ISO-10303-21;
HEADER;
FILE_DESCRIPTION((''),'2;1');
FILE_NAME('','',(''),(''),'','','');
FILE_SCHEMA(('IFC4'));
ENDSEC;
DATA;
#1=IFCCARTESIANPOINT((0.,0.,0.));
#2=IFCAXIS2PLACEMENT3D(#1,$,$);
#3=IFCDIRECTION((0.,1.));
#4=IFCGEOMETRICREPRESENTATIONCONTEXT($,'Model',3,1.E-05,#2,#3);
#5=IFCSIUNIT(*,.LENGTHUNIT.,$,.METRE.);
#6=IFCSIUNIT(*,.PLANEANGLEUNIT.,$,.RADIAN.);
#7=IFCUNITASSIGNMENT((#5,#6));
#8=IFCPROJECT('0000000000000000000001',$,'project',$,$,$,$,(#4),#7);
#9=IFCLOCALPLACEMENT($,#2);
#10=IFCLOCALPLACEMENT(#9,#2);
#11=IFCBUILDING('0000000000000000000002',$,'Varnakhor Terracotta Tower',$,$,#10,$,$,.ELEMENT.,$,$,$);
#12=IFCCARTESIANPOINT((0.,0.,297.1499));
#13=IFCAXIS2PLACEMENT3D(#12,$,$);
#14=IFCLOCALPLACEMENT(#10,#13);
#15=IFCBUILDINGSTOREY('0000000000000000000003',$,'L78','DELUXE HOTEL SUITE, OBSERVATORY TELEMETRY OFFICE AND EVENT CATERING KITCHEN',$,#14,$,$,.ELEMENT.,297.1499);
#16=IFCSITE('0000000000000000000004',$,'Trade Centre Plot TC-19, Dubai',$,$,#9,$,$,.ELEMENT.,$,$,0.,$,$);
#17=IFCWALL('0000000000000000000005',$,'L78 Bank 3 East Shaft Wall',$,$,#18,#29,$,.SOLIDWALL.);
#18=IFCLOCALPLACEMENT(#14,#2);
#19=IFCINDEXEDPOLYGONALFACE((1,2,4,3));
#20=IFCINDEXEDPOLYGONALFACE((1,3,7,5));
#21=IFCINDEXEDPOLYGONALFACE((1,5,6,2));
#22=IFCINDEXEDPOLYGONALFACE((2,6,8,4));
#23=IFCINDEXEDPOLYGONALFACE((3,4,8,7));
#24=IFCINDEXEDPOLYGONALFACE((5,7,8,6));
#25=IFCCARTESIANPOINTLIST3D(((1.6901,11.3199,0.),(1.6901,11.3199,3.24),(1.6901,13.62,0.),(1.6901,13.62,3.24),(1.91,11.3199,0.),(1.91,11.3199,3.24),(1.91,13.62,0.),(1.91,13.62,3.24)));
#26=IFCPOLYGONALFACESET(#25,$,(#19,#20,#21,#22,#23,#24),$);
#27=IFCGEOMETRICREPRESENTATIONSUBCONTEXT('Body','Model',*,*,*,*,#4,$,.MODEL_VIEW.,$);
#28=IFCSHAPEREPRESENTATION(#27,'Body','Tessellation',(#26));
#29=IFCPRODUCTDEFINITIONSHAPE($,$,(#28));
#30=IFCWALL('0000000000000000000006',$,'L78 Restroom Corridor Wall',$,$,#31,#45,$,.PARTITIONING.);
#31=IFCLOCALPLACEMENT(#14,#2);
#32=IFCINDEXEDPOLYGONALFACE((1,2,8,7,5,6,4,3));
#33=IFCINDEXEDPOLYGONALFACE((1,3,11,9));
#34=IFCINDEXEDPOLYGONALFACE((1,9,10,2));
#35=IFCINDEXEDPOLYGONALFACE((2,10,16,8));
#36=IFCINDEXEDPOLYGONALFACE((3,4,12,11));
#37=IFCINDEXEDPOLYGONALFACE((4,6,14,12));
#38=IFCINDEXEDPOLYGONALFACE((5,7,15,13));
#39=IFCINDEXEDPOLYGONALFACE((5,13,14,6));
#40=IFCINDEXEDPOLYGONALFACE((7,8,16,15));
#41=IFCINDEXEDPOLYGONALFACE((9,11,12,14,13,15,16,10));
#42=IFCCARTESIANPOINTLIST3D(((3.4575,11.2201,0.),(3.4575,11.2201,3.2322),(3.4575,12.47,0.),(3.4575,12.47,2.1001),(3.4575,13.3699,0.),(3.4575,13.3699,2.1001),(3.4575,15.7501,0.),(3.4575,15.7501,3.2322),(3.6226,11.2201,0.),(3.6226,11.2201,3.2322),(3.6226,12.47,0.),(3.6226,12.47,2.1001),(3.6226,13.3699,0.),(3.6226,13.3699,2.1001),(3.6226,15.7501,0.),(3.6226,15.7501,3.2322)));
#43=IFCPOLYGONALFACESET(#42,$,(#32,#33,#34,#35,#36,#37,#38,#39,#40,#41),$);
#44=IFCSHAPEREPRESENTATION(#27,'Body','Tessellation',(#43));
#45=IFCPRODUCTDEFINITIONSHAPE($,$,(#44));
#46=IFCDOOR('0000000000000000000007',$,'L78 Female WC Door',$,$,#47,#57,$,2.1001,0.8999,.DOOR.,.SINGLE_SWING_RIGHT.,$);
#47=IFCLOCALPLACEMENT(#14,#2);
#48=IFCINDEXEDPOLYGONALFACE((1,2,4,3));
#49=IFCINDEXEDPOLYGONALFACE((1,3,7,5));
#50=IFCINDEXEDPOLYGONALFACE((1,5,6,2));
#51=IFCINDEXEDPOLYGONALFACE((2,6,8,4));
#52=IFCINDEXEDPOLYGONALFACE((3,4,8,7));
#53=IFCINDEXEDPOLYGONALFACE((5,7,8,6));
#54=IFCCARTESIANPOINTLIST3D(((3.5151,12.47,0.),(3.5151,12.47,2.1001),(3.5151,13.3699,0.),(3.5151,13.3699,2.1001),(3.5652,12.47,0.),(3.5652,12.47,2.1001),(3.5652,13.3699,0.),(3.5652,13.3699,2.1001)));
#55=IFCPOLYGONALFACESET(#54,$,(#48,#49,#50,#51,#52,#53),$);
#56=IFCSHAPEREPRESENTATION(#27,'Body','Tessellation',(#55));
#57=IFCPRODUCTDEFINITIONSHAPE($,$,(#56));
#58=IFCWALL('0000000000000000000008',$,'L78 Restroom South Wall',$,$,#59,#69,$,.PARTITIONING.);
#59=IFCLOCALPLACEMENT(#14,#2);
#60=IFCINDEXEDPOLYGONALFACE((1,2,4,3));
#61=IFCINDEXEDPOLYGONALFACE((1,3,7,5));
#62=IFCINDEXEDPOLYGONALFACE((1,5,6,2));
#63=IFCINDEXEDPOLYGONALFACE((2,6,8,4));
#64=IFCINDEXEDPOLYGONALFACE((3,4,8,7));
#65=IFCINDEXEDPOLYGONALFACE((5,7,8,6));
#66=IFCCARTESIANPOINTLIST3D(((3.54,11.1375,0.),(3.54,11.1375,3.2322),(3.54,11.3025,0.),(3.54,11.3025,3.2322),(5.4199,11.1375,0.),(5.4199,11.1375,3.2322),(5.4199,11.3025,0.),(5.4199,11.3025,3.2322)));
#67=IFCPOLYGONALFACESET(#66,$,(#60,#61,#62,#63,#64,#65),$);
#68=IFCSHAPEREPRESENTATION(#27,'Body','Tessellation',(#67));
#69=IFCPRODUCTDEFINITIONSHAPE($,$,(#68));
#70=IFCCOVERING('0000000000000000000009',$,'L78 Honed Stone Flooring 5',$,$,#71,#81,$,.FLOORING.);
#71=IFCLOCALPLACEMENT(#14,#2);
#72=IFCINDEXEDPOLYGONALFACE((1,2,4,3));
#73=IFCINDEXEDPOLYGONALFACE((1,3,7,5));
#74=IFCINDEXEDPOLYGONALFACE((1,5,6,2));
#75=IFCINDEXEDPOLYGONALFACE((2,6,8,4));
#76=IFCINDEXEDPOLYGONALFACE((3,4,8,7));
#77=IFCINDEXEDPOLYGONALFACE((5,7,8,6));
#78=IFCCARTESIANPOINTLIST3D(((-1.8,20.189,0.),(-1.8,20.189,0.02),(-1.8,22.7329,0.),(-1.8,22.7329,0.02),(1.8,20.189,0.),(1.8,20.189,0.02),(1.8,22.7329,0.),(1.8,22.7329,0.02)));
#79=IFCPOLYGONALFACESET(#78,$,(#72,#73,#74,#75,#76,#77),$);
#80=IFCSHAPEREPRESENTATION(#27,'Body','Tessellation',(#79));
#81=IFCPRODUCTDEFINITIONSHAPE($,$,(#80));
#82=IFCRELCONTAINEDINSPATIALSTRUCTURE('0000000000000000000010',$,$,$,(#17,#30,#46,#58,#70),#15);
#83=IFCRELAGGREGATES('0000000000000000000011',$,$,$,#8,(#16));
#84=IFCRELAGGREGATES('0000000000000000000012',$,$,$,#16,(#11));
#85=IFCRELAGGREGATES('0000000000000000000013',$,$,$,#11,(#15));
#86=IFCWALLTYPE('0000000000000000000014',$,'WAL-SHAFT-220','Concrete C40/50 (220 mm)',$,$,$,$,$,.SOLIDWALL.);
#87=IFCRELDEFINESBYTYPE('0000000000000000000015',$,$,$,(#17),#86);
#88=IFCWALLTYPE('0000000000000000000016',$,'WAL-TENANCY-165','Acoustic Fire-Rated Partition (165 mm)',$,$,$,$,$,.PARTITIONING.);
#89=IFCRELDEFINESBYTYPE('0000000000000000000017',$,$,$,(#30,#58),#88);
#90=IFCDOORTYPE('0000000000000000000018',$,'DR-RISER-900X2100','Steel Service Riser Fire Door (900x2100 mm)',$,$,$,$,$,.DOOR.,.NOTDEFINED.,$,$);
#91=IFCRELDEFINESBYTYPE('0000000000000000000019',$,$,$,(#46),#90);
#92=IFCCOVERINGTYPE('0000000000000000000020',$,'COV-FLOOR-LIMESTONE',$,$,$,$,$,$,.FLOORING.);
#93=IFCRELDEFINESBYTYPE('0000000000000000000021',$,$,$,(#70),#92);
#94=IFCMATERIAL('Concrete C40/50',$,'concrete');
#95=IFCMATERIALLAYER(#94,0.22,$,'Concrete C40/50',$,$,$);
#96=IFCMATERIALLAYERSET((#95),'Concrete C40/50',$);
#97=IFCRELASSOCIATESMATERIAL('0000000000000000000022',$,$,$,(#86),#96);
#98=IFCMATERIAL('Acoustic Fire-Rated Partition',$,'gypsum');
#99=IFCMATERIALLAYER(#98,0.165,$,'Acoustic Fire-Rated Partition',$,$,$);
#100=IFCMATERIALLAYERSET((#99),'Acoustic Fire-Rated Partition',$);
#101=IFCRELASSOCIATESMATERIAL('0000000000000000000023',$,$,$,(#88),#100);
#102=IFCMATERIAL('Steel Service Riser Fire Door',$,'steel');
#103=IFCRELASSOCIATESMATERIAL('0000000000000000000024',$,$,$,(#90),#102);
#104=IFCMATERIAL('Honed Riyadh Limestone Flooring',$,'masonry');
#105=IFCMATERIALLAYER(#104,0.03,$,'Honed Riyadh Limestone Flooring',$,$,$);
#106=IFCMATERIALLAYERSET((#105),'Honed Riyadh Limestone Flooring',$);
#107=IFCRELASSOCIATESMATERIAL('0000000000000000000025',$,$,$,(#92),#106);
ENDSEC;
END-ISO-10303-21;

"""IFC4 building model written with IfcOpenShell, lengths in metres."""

from ifc_helpers import new_model, si_unit, direction, frame, frame_2d, origin, origin_2d, place, context, subcontext, project, spatial, rectangle, extrude, source, transform, mapped, material, layer, layer_set, type_object, type_shapes, element, fill, save


model = new_model("IFC4")

# Units and contexts
model_context = context("Model", 3, precision=1e-05, world=origin(), true_north=direction((0.0, 1.0)))
body_context = subcontext(model_context, "Body", "Model", "MODEL_VIEW")
ifc_project = project(units=[si_unit("LENGTHUNIT", "METRE"), si_unit("PLANEANGLEUNIT", "RADIAN")], contexts=[model_context])

# Site, building, storey
site_placement = place(None, origin())
site = spatial("IfcSite", under=ifc_project, at=site_placement, Name="Trade Centre Plot TC-19, Dubai", CompositionType="ELEMENT", RefElevation=0.0)
building_placement = place(site_placement, origin())
building = spatial("IfcBuilding", under=site, at=building_placement, Name="Varnakhor Terracotta Tower", CompositionType="ELEMENT")
storey_placement = place(building_placement, frame((0.0, 0.0, 297.1499)))
storey = spatial("IfcBuildingStorey", under=building, at=storey_placement, Name="L78", Description="DELUXE HOTEL SUITE, OBSERVATORY TELEMETRY OFFICE AND EVENT CATERING KITCHEN", CompositionType="ELEMENT", Elevation=297.1499)

# Wall
ifc_material_1 = material(Name="Concrete C40/50", Category="concrete")
ifc_layer_1 = layer(ifc_material_1, 0.22, Name="Concrete C40/50")
ifc_layer_set_1 = layer_set([ifc_layer_1], Name="Concrete C40/50")
wall_type_1 = type_object("IfcWallType", Name="WAL-SHAFT-220", Description="Concrete C40/50 (220 mm)", PredefinedType="SOLIDWALL", material=ifc_layer_set_1)
wall_1_placement = place(storey_placement, frame((1.8, 11.3201, 0.0), z_axis=(0.0, 0.0, 1.0), x_axis=(0.0, 1.0, 0.0)))
element("IfcWall", 1, at=wall_1_placement, inside=storey, type_object=wall_type_1, Name="L78 Bank 3 East Shaft Wall", PredefinedType="SOLIDWALL", context=body_context, shape_type="SweptSolid", body=[
    extrude(rectangle(XDim=2.3, YDim=0.22, at=frame_2d((1.1499, 0.0))), origin(), (0.0, 0.0, 1.0), 3.24),
])

# Wall, opening, door
ifc_material_2 = material(Name="Acoustic Fire-Rated Partition", Category="gypsum")
ifc_layer_2 = layer(ifc_material_2, 0.165, Name="Acoustic Fire-Rated Partition")
ifc_layer_set_2 = layer_set([ifc_layer_2], Name="Acoustic Fire-Rated Partition")
wall_type_2 = type_object("IfcWallType", Name="WAL-TENANCY-165", Description="Acoustic Fire-Rated Partition (165 mm)", PredefinedType="PARTITIONING", material=ifc_layer_set_2)
wall_2_placement = place(storey_placement, frame((3.54, 11.22, 0.0), z_axis=(0.0, 0.0, 1.0), x_axis=(0.0, 1.0, 0.0)))
wall_2 = element("IfcWall", 2, at=wall_2_placement, inside=storey, type_object=wall_type_2, Name="L78 Restroom Corridor Wall", PredefinedType="PARTITIONING", context=body_context, shape_type="SweptSolid", body=[
    extrude(rectangle(XDim=4.53, YDim=0.165, at=frame_2d((2.2651, 0.0))), origin(), (0.0, 0.0, 1.0), 3.2322),
])
opening_1_placement = place(wall_2_placement, frame((1.25, 0.0, 0.0)))
opening_1 = element("IfcOpeningElement", 3, at=opening_1_placement, cuts=wall_2, PredefinedType="OPENING", context=body_context, shape_type="SweptSolid", body=[
    extrude(rectangle(XDim=0.8999, YDim=2.1001, at=frame_2d((0.45, 1.05))), frame((0.0, 0.0925, 0.0), z_axis=(0.0, -1.0, 0.0), x_axis=(1.0, 0.0, 0.0)), (0.0, 0.0, 1.0), 0.1851),
])
ifc_material_3 = material(Name="Steel Service Riser Fire Door", Category="steel")
door_type_1 = type_object("IfcDoorType", Name="DR-RISER-900X2100", Description="Steel Service Riser Fire Door (900x2100 mm)", OperationType="NOTDEFINED", PredefinedType="DOOR", material=ifc_material_3)
shared_shape_1 = source(origin(), body_context, "Body", "SweptSolid", [
    extrude(rectangle(XDim=0.8999, YDim=2.1001, at=frame_2d((0.45, 1.05))), frame((0.0, 0.0249, 0.0), z_axis=(0.0, -1.0, 0.0), x_axis=(1.0, 0.0, 0.0)), (0.0, 0.0, 1.0), 0.05),
])
type_shapes(door_type_1, [shared_shape_1])
door_1_placement = place(opening_1_placement, origin())
door_1 = element("IfcDoor", 4, at=door_1_placement, inside=storey, type_object=door_type_1, Name="L78 Female WC Door", OperationType="SINGLE_SWING_RIGHT", OverallHeight=2.1001, OverallWidth=0.8999, PredefinedType="DOOR", context=body_context, shape_type="MappedRepresentation", body=[
    mapped(shared_shape_1, transform((0.0, 0.0, 0.0), scale=1.0)),
])
fill(opening_1, door_1)

# Wall
wall_3_placement = place(storey_placement, frame((3.54, 11.22, 0.0), z_axis=(0.0, 0.0, 1.0), x_axis=(1.0, 0.0, 0.0)))
element("IfcWall", 5, at=wall_3_placement, inside=storey, type_object=wall_type_2, Name="L78 Restroom South Wall", PredefinedType="PARTITIONING", context=body_context, shape_type="SweptSolid", body=[
    extrude(rectangle(XDim=1.8799, YDim=0.165, at=frame_2d((0.9399, 0.0))), origin(), (0.0, 0.0, 1.0), 3.2322),
])

# Covering
ifc_material_4 = material(Name="Honed Riyadh Limestone Flooring", Category="masonry")
ifc_layer_3 = layer(ifc_material_4, 0.03, Name="Honed Riyadh Limestone Flooring")
ifc_layer_set_3 = layer_set([ifc_layer_3], Name="Honed Riyadh Limestone Flooring")
covering_type = type_object("IfcCoveringType", Name="COV-FLOOR-LIMESTONE", PredefinedType="FLOORING", material=ifc_layer_set_3)
shared_shape_2 = source(origin(), body_context, "Body", "SweptSolid", [
    extrude(rectangle(XDim=3.6001, YDim=2.5439, at=origin_2d()), origin(), (0.0, 0.0, 1.0), 0.02),
])
covering_placement = place(storey_placement, frame((0.0, 21.4609, 0.0), z_axis=(0.0, 0.0, 1.0), x_axis=(1.0, 0.0, 0.0)))
element("IfcCovering", 6, at=covering_placement, inside=storey, type_object=covering_type, Name="L78 Honed Stone Flooring 5", PredefinedType="FLOORING", context=body_context, shape_type="MappedRepresentation", body=[
    mapped(shared_shape_2, transform((0.0, 0.0, 0.0), scale=1.0)),
])

save(model, "model.ifc")
